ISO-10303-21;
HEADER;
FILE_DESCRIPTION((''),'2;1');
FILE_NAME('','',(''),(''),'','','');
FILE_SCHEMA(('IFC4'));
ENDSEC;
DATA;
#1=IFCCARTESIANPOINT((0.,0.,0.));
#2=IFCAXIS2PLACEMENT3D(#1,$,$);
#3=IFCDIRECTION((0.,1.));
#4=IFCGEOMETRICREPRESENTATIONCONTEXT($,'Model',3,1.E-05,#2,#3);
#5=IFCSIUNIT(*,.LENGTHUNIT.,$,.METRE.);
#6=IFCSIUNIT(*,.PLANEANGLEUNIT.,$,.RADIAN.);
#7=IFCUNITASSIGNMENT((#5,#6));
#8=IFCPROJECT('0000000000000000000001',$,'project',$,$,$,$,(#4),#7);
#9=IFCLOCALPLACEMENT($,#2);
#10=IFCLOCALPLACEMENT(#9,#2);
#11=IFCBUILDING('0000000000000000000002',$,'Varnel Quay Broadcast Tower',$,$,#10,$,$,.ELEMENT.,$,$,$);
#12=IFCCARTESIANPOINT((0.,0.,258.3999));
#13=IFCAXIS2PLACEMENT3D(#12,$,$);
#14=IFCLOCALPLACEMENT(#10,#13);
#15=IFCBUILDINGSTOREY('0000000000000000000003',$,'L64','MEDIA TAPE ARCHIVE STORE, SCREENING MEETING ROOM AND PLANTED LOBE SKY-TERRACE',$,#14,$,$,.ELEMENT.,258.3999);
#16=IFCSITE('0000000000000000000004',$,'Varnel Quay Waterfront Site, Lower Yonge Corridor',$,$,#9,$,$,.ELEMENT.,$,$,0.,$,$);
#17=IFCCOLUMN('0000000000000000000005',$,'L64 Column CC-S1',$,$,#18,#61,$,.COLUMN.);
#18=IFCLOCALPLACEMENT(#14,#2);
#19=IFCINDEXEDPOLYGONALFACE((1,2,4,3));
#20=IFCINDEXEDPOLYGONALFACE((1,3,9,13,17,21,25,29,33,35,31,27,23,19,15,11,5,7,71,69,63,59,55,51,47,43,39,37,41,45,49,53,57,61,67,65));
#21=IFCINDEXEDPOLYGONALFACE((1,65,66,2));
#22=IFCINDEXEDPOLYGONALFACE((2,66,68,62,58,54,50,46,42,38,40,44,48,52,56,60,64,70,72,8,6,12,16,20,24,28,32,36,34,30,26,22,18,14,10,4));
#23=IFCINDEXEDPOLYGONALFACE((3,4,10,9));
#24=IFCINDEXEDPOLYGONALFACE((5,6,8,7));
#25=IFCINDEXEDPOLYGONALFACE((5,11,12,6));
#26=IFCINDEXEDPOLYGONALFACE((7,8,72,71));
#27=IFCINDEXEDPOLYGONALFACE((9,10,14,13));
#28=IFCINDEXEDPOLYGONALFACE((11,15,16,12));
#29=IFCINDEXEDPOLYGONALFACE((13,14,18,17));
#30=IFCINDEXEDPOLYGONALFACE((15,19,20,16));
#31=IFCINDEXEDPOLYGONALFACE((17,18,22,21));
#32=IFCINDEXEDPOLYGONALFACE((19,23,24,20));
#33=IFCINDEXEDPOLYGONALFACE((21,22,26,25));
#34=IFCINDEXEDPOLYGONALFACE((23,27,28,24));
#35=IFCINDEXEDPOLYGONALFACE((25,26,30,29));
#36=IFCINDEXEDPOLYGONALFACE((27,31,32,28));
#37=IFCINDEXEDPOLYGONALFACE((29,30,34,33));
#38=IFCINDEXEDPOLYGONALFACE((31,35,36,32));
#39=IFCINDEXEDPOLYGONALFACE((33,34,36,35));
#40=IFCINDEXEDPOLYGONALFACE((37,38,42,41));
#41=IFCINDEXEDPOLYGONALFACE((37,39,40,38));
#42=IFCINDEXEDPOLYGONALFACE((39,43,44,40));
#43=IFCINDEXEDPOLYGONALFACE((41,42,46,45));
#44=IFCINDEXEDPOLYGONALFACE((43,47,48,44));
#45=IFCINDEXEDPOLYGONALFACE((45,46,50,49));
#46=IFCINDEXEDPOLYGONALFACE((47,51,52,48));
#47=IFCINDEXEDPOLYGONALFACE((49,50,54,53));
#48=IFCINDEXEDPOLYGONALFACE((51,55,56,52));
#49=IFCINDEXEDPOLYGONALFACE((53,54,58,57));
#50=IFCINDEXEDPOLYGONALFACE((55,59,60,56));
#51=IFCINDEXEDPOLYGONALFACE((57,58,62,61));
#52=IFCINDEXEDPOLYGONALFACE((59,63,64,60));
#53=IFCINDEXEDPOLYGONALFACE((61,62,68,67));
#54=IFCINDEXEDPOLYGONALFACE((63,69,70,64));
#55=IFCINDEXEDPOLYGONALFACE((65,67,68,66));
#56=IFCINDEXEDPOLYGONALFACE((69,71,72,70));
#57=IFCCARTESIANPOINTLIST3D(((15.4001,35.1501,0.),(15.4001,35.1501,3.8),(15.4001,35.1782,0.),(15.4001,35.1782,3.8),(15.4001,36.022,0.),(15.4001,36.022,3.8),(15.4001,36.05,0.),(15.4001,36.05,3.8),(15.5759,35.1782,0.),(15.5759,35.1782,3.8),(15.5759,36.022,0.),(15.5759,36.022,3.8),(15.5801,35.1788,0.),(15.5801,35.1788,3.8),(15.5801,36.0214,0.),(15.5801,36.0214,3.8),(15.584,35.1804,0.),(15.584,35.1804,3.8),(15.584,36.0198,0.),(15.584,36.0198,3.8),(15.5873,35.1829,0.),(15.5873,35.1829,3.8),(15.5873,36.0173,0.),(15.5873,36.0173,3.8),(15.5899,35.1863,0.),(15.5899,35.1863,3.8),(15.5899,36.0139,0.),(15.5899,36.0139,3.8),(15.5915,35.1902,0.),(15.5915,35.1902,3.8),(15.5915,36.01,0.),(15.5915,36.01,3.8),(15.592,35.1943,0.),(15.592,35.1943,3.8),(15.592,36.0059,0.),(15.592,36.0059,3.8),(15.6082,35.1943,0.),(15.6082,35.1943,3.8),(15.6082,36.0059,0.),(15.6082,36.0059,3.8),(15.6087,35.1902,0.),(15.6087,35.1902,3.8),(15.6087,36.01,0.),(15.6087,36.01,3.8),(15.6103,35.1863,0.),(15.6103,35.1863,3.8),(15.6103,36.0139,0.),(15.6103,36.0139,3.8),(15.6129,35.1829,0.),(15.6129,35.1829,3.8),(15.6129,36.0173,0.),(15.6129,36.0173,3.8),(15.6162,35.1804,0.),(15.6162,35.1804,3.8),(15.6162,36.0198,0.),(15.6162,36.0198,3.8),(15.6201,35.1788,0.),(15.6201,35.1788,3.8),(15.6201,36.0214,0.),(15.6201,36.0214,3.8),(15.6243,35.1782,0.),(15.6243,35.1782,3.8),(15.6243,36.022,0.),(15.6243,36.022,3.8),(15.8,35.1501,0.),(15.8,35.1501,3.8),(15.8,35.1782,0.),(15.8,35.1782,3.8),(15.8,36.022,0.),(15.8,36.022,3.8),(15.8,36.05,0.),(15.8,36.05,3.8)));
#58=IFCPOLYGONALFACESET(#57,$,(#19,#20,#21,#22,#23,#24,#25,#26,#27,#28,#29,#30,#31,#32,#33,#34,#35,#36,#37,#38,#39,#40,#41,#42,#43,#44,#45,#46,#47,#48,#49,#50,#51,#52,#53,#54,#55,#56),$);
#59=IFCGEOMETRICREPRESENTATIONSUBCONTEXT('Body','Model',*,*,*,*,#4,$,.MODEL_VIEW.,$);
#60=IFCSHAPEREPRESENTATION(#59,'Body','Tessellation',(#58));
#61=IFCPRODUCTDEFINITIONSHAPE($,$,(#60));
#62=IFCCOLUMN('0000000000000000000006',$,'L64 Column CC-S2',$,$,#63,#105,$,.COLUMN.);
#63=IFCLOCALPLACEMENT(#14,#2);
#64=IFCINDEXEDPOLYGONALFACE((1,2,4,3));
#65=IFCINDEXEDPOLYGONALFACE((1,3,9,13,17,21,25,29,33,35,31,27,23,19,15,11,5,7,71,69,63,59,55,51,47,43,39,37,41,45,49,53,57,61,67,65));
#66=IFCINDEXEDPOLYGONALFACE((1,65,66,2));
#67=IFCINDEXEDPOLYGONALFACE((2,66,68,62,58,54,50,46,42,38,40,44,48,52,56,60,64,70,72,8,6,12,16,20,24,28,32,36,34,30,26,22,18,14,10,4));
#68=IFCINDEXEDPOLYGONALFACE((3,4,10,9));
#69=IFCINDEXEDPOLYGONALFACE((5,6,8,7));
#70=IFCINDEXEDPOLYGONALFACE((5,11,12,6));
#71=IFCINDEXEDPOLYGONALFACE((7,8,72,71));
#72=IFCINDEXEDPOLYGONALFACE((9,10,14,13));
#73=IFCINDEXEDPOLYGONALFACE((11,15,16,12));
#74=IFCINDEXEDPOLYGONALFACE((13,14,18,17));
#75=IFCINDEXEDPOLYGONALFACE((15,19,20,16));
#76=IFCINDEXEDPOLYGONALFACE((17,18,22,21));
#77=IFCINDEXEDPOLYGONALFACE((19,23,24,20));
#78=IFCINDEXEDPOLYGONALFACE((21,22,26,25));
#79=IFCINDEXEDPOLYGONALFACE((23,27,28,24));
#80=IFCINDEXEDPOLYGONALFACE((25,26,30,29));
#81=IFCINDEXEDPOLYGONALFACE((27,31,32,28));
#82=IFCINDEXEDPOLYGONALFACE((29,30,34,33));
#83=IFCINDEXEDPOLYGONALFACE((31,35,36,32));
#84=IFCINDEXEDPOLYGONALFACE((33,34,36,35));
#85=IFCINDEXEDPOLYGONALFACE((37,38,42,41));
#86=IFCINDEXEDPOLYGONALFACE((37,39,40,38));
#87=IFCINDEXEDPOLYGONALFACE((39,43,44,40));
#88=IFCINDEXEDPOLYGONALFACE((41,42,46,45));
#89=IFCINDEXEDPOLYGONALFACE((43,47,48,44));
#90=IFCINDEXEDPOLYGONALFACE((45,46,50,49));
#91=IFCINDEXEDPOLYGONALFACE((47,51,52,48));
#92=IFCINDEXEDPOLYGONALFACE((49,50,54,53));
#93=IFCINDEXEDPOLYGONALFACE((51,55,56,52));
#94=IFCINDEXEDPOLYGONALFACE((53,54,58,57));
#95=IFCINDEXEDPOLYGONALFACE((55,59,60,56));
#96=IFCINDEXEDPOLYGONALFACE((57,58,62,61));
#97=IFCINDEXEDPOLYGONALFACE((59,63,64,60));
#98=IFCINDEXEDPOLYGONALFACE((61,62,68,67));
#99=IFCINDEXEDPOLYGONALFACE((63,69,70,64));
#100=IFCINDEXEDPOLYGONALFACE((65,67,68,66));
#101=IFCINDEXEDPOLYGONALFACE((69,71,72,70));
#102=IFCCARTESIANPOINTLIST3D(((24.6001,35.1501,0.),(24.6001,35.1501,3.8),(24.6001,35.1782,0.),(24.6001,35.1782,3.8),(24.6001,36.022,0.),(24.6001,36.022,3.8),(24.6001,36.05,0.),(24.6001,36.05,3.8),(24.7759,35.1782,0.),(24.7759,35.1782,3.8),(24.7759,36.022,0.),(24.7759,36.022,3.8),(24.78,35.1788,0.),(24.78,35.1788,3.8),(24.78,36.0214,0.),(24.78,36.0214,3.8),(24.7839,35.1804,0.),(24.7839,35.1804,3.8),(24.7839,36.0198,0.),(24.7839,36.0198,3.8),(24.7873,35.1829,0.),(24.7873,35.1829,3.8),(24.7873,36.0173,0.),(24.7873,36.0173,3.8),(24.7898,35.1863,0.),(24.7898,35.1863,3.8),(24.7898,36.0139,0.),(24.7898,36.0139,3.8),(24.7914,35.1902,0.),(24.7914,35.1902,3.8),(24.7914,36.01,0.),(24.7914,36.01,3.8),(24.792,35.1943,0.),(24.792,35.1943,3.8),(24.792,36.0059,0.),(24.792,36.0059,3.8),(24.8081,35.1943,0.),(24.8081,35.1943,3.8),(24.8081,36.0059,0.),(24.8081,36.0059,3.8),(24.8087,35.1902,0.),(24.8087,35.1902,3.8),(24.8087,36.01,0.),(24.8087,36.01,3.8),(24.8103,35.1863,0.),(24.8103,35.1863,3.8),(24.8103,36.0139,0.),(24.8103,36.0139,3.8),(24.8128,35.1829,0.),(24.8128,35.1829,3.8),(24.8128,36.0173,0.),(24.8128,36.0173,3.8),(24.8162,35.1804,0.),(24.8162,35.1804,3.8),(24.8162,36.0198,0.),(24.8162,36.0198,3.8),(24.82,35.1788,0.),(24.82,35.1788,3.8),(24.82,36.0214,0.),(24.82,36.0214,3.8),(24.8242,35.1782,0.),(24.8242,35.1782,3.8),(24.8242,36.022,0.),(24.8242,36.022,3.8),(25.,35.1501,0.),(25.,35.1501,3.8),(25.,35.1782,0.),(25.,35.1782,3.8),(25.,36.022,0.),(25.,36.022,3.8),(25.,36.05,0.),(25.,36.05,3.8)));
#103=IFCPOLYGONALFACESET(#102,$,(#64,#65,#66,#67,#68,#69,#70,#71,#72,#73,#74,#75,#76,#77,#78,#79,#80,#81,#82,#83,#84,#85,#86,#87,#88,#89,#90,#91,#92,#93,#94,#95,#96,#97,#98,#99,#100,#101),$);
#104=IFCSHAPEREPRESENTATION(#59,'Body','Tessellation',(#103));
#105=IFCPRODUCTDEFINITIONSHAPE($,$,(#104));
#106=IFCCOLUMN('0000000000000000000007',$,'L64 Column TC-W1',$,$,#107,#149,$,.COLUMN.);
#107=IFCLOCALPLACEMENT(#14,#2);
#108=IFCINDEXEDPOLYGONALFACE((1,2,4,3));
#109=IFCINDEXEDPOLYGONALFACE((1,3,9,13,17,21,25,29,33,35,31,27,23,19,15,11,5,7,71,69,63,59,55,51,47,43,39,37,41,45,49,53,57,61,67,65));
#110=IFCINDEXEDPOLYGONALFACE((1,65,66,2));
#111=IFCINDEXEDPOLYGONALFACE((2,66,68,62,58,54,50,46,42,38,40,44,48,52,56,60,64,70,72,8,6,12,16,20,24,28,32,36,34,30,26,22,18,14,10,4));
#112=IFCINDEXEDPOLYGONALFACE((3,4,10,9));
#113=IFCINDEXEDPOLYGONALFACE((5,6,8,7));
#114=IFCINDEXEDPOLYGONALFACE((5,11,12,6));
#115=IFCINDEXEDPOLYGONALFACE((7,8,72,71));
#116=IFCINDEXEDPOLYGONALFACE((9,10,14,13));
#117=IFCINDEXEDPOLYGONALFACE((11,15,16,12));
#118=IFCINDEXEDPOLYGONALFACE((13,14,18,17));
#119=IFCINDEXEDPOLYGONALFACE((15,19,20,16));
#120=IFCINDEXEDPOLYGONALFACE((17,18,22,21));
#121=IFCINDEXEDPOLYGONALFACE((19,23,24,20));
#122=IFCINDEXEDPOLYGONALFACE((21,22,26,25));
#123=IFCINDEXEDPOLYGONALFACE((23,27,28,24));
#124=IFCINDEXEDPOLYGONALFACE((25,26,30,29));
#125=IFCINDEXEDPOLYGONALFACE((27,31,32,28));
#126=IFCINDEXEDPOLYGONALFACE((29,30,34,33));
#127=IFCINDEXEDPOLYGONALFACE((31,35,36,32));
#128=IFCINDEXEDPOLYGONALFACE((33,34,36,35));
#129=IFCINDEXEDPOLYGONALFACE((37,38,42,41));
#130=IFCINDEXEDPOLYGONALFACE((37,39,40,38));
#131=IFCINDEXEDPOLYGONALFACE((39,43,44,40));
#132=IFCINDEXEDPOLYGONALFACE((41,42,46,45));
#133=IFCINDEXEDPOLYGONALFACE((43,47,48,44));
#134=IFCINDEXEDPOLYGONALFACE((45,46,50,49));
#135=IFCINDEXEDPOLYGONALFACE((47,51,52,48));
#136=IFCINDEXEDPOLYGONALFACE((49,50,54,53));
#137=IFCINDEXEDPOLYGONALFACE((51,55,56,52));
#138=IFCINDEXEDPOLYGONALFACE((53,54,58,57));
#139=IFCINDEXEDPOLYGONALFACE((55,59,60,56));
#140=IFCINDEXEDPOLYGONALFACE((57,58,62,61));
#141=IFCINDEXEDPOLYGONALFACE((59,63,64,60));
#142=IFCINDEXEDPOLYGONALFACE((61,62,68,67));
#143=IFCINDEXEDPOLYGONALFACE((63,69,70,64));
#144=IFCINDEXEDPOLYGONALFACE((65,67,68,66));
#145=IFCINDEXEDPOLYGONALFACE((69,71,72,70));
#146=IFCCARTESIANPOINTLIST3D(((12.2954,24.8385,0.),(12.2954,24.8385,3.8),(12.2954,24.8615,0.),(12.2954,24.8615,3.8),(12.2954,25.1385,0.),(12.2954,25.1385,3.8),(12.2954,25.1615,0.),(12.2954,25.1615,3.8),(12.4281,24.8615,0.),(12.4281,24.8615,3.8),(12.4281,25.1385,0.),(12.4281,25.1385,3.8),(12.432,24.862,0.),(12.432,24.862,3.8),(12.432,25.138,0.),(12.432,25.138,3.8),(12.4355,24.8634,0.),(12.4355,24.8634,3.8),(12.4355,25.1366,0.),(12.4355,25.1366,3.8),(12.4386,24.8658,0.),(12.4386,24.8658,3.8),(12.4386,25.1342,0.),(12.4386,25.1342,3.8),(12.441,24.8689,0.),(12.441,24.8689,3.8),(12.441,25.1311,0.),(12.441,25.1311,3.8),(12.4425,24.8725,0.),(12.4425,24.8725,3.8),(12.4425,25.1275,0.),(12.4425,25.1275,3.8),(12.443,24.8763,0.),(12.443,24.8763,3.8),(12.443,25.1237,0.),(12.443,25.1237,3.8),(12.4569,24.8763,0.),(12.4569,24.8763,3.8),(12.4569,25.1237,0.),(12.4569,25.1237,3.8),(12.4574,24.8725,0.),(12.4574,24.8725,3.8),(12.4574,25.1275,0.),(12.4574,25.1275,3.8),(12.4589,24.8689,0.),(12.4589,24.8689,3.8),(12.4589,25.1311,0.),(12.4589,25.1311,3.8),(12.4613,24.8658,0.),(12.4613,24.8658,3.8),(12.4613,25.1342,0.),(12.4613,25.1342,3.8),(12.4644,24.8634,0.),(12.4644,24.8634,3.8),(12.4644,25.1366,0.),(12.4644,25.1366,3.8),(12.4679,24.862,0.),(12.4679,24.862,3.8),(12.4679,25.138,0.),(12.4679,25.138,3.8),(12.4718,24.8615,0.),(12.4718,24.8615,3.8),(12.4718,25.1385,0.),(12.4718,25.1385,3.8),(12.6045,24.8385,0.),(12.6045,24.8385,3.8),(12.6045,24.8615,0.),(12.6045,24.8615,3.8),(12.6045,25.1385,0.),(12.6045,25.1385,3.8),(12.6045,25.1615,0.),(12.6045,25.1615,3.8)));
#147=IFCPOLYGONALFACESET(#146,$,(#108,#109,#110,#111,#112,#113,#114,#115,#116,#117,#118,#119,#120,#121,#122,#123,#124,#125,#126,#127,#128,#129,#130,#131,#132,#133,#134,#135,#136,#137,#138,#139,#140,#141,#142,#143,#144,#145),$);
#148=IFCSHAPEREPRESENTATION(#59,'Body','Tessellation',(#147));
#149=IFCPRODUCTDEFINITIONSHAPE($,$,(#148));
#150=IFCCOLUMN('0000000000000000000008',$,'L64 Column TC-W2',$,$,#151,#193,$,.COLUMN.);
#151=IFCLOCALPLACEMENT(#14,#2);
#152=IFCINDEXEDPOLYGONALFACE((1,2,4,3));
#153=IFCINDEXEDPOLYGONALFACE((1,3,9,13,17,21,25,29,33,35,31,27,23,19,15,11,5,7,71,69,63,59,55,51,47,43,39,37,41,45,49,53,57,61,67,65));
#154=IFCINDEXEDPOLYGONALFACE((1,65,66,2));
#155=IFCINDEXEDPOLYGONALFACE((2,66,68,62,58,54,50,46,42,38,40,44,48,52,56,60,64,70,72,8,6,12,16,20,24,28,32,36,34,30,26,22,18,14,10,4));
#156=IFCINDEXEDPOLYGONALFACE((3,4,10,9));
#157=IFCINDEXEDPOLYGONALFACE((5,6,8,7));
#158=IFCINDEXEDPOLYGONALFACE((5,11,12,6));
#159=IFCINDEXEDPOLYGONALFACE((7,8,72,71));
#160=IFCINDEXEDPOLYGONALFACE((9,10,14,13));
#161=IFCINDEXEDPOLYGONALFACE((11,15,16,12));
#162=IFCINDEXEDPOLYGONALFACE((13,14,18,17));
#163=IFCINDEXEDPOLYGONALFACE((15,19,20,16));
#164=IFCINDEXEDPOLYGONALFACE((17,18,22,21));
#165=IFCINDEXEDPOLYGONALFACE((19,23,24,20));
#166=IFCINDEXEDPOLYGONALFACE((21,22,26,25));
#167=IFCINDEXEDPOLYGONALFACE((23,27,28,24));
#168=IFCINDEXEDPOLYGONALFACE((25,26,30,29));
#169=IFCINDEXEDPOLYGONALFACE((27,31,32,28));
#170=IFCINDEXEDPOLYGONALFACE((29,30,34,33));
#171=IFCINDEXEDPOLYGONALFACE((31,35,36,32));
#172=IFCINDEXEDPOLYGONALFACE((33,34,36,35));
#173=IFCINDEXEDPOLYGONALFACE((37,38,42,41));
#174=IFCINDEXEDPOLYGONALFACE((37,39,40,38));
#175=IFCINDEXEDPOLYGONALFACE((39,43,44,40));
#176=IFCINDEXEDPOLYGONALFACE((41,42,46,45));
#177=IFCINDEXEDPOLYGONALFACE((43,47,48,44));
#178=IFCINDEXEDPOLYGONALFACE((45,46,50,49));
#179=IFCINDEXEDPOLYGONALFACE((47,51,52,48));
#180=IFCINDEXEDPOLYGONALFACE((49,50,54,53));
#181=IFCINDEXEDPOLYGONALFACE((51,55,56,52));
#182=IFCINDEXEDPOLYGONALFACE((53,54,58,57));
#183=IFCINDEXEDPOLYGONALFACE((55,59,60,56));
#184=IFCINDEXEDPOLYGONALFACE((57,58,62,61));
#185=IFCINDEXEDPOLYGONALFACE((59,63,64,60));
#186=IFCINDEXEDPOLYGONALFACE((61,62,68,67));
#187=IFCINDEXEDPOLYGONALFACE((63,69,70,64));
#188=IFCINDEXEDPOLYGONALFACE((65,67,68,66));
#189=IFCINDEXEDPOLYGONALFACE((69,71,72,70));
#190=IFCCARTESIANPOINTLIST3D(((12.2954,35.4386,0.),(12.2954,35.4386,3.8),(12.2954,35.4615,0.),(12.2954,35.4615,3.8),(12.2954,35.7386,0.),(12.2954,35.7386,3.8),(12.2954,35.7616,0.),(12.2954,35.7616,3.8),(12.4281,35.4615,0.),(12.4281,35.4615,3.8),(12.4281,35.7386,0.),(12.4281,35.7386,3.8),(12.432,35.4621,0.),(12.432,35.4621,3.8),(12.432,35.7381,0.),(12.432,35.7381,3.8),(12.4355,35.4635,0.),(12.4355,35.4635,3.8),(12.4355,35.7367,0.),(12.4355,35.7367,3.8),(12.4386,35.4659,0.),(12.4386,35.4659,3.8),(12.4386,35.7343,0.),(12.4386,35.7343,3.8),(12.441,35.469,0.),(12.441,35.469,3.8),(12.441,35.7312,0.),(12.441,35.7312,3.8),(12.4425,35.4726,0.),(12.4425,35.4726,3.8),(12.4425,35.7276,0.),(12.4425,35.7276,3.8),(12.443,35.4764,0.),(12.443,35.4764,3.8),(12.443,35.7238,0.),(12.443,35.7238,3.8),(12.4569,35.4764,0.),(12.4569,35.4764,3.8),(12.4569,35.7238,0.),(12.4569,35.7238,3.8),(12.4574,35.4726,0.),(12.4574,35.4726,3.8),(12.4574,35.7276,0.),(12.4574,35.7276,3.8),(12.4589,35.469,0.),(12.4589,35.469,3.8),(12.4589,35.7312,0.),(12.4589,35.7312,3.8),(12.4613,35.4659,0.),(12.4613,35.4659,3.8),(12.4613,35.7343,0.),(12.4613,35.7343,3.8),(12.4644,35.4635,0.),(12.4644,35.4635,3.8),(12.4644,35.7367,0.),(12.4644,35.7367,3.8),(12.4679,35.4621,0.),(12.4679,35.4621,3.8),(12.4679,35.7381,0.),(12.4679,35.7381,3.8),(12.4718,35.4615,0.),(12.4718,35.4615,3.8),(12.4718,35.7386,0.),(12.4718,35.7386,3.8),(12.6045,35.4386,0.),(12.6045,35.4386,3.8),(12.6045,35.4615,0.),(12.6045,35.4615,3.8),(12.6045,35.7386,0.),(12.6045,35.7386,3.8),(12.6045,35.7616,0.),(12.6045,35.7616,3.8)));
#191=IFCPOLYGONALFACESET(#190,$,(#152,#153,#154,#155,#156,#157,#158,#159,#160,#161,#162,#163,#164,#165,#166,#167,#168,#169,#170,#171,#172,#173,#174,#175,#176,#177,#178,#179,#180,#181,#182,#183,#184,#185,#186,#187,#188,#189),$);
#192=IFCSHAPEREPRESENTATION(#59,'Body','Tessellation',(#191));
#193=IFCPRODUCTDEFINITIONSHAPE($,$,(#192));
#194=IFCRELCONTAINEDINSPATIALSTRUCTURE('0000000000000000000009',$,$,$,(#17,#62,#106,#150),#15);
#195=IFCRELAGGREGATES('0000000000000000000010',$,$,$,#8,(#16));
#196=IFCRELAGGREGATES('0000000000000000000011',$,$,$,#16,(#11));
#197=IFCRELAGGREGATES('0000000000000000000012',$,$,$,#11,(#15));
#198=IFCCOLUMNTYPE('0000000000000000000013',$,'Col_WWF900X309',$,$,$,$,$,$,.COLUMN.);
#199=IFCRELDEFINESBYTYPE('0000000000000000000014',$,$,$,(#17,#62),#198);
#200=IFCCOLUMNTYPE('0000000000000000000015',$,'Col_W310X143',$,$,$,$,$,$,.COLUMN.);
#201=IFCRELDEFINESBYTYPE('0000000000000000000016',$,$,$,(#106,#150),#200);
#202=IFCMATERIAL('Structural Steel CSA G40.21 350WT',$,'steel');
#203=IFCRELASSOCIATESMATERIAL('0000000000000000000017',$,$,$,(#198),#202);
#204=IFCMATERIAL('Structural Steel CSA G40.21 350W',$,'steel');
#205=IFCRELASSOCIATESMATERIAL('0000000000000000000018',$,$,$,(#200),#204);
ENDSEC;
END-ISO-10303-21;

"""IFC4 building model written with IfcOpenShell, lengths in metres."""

from ifc_helpers import new_model, si_unit, direction, frame, origin, origin_2d, place, context, subcontext, project, spatial, i_section, extrude, source, transform, mapped, material, material_profile, profile_set, type_object, type_shapes, element, save


model = new_model("IFC4")

# Units and contexts
model_context = context("Model", 3, precision=1e-05, world=origin(), true_north=direction((0.0, 1.0)))
body_context = subcontext(model_context, "Body", "Model", "MODEL_VIEW")
ifc_project = project(units=[si_unit("LENGTHUNIT", "METRE"), si_unit("PLANEANGLEUNIT", "RADIAN")], contexts=[model_context])

# Site, building, storey
site_placement = place(None, origin())
site = spatial("IfcSite", under=ifc_project, at=site_placement, Name="Varnel Quay Waterfront Site, Lower Yonge Corridor", CompositionType="ELEMENT", RefElevation=0.0)
building_placement = place(site_placement, origin())
building = spatial("IfcBuilding", under=site, at=building_placement, Name="Varnel Quay Broadcast Tower", CompositionType="ELEMENT")
storey_placement = place(building_placement, frame((0.0, 0.0, 258.3999)))
storey = spatial("IfcBuildingStorey", under=building, at=storey_placement, Name="L64", Description="MEDIA TAPE ARCHIVE STORE, SCREENING MEETING ROOM AND PLANTED LOBE SKY-TERRACE", CompositionType="ELEMENT", Elevation=258.3999)

# Columns
ifc_material_1 = material(Name="Structural Steel CSA G40.21 350WT", Category="steel")
ifc_material_profile_1 = material_profile(ifc_material_1, i_section(OverallWidth=0.3999, OverallDepth=0.8999, WebThickness=0.0161, FlangeThickness=0.0281, FilletRadius=0.0161, at=origin_2d()), Name="WWF900X309")
ifc_profile_set_1 = profile_set([ifc_material_profile_1], Name="Structural Steel CSA G40.21 350WT")
column_type_1 = type_object("IfcColumnType", Name="Col_WWF900X309", PredefinedType="COLUMN", material=ifc_profile_set_1)
shared_shape_1 = source(origin(), body_context, "Body", "SweptSolid", [
    extrude(i_section(OverallWidth=0.3999, OverallDepth=0.8999, WebThickness=0.0161, FlangeThickness=0.0281, FilletRadius=0.0161, at=origin_2d()), origin(), (0.0, 0.0, 1.0), 3.8),
])
type_shapes(column_type_1, [shared_shape_1])
for number, where, z_axis, x_axis, name in (
    (1, (15.6001, 35.6001, 0.0), (0.0, 0.0, 1.0), (1.0, 0.0, 0.0), "L64 Column CC-S1"),
    (2, (24.8, 35.6001, 0.0), (0.0, 0.0, 1.0), (1.0, 0.0, 0.0), "L64 Column CC-S2"),
):
    element("IfcColumn", number, at=place(storey_placement, frame(where, z_axis=z_axis, x_axis=x_axis)), inside=storey, type_object=column_type_1, Name=name, PredefinedType="COLUMN", context=body_context, shape_type="MappedRepresentation", body=[
        mapped(shared_shape_1, transform((0.0, 0.0, 0.0), x_axis=(1.0, 0.0, 0.0), y_axis=(0.0, 1.0, 0.0), z_axis=(0.0, 0.0, 1.0), scale=1.0)),
    ])
ifc_material_2 = material(Name="Structural Steel CSA G40.21 350W", Category="steel")
ifc_material_profile_2 = material_profile(ifc_material_2, i_section(OverallWidth=0.3091, OverallDepth=0.323, WebThickness=0.0139, FlangeThickness=0.0229, FilletRadius=0.0149, at=origin_2d()), Name="W310X143")
ifc_profile_set_2 = profile_set([ifc_material_profile_2], Name="Structural Steel CSA G40.21 350W")
column_type_2 = type_object("IfcColumnType", Name="Col_W310X143", PredefinedType="COLUMN", material=ifc_profile_set_2)
shared_shape_2 = source(origin(), body_context, "Body", "SweptSolid", [
    extrude(i_section(OverallWidth=0.3091, OverallDepth=0.323, WebThickness=0.0139, FlangeThickness=0.0229, FilletRadius=0.0149, at=origin_2d()), origin(), (0.0, 0.0, 1.0), 3.8),
])
type_shapes(column_type_2, [shared_shape_2])
for number, where, z_axis, x_axis, name in (
    (3, (12.45, 25.0, 0.0), (0.0, 0.0, 1.0), (1.0, 0.0, 0.0), "L64 Column TC-W1"),
    (4, (12.45, 35.6001, 0.0), (0.0, 0.0, 1.0), (1.0, 0.0, 0.0), "L64 Column TC-W2"),
):
    element("IfcColumn", number, at=place(storey_placement, frame(where, z_axis=z_axis, x_axis=x_axis)), inside=storey, type_object=column_type_2, Name=name, PredefinedType="COLUMN", context=body_context, shape_type="MappedRepresentation", body=[
        mapped(shared_shape_2, transform((0.0, 0.0, 0.0), x_axis=(1.0, 0.0, 0.0), y_axis=(0.0, 1.0, 0.0), z_axis=(0.0, 0.0, 1.0), scale=1.0)),
    ])

save(model, "model.ifc")
